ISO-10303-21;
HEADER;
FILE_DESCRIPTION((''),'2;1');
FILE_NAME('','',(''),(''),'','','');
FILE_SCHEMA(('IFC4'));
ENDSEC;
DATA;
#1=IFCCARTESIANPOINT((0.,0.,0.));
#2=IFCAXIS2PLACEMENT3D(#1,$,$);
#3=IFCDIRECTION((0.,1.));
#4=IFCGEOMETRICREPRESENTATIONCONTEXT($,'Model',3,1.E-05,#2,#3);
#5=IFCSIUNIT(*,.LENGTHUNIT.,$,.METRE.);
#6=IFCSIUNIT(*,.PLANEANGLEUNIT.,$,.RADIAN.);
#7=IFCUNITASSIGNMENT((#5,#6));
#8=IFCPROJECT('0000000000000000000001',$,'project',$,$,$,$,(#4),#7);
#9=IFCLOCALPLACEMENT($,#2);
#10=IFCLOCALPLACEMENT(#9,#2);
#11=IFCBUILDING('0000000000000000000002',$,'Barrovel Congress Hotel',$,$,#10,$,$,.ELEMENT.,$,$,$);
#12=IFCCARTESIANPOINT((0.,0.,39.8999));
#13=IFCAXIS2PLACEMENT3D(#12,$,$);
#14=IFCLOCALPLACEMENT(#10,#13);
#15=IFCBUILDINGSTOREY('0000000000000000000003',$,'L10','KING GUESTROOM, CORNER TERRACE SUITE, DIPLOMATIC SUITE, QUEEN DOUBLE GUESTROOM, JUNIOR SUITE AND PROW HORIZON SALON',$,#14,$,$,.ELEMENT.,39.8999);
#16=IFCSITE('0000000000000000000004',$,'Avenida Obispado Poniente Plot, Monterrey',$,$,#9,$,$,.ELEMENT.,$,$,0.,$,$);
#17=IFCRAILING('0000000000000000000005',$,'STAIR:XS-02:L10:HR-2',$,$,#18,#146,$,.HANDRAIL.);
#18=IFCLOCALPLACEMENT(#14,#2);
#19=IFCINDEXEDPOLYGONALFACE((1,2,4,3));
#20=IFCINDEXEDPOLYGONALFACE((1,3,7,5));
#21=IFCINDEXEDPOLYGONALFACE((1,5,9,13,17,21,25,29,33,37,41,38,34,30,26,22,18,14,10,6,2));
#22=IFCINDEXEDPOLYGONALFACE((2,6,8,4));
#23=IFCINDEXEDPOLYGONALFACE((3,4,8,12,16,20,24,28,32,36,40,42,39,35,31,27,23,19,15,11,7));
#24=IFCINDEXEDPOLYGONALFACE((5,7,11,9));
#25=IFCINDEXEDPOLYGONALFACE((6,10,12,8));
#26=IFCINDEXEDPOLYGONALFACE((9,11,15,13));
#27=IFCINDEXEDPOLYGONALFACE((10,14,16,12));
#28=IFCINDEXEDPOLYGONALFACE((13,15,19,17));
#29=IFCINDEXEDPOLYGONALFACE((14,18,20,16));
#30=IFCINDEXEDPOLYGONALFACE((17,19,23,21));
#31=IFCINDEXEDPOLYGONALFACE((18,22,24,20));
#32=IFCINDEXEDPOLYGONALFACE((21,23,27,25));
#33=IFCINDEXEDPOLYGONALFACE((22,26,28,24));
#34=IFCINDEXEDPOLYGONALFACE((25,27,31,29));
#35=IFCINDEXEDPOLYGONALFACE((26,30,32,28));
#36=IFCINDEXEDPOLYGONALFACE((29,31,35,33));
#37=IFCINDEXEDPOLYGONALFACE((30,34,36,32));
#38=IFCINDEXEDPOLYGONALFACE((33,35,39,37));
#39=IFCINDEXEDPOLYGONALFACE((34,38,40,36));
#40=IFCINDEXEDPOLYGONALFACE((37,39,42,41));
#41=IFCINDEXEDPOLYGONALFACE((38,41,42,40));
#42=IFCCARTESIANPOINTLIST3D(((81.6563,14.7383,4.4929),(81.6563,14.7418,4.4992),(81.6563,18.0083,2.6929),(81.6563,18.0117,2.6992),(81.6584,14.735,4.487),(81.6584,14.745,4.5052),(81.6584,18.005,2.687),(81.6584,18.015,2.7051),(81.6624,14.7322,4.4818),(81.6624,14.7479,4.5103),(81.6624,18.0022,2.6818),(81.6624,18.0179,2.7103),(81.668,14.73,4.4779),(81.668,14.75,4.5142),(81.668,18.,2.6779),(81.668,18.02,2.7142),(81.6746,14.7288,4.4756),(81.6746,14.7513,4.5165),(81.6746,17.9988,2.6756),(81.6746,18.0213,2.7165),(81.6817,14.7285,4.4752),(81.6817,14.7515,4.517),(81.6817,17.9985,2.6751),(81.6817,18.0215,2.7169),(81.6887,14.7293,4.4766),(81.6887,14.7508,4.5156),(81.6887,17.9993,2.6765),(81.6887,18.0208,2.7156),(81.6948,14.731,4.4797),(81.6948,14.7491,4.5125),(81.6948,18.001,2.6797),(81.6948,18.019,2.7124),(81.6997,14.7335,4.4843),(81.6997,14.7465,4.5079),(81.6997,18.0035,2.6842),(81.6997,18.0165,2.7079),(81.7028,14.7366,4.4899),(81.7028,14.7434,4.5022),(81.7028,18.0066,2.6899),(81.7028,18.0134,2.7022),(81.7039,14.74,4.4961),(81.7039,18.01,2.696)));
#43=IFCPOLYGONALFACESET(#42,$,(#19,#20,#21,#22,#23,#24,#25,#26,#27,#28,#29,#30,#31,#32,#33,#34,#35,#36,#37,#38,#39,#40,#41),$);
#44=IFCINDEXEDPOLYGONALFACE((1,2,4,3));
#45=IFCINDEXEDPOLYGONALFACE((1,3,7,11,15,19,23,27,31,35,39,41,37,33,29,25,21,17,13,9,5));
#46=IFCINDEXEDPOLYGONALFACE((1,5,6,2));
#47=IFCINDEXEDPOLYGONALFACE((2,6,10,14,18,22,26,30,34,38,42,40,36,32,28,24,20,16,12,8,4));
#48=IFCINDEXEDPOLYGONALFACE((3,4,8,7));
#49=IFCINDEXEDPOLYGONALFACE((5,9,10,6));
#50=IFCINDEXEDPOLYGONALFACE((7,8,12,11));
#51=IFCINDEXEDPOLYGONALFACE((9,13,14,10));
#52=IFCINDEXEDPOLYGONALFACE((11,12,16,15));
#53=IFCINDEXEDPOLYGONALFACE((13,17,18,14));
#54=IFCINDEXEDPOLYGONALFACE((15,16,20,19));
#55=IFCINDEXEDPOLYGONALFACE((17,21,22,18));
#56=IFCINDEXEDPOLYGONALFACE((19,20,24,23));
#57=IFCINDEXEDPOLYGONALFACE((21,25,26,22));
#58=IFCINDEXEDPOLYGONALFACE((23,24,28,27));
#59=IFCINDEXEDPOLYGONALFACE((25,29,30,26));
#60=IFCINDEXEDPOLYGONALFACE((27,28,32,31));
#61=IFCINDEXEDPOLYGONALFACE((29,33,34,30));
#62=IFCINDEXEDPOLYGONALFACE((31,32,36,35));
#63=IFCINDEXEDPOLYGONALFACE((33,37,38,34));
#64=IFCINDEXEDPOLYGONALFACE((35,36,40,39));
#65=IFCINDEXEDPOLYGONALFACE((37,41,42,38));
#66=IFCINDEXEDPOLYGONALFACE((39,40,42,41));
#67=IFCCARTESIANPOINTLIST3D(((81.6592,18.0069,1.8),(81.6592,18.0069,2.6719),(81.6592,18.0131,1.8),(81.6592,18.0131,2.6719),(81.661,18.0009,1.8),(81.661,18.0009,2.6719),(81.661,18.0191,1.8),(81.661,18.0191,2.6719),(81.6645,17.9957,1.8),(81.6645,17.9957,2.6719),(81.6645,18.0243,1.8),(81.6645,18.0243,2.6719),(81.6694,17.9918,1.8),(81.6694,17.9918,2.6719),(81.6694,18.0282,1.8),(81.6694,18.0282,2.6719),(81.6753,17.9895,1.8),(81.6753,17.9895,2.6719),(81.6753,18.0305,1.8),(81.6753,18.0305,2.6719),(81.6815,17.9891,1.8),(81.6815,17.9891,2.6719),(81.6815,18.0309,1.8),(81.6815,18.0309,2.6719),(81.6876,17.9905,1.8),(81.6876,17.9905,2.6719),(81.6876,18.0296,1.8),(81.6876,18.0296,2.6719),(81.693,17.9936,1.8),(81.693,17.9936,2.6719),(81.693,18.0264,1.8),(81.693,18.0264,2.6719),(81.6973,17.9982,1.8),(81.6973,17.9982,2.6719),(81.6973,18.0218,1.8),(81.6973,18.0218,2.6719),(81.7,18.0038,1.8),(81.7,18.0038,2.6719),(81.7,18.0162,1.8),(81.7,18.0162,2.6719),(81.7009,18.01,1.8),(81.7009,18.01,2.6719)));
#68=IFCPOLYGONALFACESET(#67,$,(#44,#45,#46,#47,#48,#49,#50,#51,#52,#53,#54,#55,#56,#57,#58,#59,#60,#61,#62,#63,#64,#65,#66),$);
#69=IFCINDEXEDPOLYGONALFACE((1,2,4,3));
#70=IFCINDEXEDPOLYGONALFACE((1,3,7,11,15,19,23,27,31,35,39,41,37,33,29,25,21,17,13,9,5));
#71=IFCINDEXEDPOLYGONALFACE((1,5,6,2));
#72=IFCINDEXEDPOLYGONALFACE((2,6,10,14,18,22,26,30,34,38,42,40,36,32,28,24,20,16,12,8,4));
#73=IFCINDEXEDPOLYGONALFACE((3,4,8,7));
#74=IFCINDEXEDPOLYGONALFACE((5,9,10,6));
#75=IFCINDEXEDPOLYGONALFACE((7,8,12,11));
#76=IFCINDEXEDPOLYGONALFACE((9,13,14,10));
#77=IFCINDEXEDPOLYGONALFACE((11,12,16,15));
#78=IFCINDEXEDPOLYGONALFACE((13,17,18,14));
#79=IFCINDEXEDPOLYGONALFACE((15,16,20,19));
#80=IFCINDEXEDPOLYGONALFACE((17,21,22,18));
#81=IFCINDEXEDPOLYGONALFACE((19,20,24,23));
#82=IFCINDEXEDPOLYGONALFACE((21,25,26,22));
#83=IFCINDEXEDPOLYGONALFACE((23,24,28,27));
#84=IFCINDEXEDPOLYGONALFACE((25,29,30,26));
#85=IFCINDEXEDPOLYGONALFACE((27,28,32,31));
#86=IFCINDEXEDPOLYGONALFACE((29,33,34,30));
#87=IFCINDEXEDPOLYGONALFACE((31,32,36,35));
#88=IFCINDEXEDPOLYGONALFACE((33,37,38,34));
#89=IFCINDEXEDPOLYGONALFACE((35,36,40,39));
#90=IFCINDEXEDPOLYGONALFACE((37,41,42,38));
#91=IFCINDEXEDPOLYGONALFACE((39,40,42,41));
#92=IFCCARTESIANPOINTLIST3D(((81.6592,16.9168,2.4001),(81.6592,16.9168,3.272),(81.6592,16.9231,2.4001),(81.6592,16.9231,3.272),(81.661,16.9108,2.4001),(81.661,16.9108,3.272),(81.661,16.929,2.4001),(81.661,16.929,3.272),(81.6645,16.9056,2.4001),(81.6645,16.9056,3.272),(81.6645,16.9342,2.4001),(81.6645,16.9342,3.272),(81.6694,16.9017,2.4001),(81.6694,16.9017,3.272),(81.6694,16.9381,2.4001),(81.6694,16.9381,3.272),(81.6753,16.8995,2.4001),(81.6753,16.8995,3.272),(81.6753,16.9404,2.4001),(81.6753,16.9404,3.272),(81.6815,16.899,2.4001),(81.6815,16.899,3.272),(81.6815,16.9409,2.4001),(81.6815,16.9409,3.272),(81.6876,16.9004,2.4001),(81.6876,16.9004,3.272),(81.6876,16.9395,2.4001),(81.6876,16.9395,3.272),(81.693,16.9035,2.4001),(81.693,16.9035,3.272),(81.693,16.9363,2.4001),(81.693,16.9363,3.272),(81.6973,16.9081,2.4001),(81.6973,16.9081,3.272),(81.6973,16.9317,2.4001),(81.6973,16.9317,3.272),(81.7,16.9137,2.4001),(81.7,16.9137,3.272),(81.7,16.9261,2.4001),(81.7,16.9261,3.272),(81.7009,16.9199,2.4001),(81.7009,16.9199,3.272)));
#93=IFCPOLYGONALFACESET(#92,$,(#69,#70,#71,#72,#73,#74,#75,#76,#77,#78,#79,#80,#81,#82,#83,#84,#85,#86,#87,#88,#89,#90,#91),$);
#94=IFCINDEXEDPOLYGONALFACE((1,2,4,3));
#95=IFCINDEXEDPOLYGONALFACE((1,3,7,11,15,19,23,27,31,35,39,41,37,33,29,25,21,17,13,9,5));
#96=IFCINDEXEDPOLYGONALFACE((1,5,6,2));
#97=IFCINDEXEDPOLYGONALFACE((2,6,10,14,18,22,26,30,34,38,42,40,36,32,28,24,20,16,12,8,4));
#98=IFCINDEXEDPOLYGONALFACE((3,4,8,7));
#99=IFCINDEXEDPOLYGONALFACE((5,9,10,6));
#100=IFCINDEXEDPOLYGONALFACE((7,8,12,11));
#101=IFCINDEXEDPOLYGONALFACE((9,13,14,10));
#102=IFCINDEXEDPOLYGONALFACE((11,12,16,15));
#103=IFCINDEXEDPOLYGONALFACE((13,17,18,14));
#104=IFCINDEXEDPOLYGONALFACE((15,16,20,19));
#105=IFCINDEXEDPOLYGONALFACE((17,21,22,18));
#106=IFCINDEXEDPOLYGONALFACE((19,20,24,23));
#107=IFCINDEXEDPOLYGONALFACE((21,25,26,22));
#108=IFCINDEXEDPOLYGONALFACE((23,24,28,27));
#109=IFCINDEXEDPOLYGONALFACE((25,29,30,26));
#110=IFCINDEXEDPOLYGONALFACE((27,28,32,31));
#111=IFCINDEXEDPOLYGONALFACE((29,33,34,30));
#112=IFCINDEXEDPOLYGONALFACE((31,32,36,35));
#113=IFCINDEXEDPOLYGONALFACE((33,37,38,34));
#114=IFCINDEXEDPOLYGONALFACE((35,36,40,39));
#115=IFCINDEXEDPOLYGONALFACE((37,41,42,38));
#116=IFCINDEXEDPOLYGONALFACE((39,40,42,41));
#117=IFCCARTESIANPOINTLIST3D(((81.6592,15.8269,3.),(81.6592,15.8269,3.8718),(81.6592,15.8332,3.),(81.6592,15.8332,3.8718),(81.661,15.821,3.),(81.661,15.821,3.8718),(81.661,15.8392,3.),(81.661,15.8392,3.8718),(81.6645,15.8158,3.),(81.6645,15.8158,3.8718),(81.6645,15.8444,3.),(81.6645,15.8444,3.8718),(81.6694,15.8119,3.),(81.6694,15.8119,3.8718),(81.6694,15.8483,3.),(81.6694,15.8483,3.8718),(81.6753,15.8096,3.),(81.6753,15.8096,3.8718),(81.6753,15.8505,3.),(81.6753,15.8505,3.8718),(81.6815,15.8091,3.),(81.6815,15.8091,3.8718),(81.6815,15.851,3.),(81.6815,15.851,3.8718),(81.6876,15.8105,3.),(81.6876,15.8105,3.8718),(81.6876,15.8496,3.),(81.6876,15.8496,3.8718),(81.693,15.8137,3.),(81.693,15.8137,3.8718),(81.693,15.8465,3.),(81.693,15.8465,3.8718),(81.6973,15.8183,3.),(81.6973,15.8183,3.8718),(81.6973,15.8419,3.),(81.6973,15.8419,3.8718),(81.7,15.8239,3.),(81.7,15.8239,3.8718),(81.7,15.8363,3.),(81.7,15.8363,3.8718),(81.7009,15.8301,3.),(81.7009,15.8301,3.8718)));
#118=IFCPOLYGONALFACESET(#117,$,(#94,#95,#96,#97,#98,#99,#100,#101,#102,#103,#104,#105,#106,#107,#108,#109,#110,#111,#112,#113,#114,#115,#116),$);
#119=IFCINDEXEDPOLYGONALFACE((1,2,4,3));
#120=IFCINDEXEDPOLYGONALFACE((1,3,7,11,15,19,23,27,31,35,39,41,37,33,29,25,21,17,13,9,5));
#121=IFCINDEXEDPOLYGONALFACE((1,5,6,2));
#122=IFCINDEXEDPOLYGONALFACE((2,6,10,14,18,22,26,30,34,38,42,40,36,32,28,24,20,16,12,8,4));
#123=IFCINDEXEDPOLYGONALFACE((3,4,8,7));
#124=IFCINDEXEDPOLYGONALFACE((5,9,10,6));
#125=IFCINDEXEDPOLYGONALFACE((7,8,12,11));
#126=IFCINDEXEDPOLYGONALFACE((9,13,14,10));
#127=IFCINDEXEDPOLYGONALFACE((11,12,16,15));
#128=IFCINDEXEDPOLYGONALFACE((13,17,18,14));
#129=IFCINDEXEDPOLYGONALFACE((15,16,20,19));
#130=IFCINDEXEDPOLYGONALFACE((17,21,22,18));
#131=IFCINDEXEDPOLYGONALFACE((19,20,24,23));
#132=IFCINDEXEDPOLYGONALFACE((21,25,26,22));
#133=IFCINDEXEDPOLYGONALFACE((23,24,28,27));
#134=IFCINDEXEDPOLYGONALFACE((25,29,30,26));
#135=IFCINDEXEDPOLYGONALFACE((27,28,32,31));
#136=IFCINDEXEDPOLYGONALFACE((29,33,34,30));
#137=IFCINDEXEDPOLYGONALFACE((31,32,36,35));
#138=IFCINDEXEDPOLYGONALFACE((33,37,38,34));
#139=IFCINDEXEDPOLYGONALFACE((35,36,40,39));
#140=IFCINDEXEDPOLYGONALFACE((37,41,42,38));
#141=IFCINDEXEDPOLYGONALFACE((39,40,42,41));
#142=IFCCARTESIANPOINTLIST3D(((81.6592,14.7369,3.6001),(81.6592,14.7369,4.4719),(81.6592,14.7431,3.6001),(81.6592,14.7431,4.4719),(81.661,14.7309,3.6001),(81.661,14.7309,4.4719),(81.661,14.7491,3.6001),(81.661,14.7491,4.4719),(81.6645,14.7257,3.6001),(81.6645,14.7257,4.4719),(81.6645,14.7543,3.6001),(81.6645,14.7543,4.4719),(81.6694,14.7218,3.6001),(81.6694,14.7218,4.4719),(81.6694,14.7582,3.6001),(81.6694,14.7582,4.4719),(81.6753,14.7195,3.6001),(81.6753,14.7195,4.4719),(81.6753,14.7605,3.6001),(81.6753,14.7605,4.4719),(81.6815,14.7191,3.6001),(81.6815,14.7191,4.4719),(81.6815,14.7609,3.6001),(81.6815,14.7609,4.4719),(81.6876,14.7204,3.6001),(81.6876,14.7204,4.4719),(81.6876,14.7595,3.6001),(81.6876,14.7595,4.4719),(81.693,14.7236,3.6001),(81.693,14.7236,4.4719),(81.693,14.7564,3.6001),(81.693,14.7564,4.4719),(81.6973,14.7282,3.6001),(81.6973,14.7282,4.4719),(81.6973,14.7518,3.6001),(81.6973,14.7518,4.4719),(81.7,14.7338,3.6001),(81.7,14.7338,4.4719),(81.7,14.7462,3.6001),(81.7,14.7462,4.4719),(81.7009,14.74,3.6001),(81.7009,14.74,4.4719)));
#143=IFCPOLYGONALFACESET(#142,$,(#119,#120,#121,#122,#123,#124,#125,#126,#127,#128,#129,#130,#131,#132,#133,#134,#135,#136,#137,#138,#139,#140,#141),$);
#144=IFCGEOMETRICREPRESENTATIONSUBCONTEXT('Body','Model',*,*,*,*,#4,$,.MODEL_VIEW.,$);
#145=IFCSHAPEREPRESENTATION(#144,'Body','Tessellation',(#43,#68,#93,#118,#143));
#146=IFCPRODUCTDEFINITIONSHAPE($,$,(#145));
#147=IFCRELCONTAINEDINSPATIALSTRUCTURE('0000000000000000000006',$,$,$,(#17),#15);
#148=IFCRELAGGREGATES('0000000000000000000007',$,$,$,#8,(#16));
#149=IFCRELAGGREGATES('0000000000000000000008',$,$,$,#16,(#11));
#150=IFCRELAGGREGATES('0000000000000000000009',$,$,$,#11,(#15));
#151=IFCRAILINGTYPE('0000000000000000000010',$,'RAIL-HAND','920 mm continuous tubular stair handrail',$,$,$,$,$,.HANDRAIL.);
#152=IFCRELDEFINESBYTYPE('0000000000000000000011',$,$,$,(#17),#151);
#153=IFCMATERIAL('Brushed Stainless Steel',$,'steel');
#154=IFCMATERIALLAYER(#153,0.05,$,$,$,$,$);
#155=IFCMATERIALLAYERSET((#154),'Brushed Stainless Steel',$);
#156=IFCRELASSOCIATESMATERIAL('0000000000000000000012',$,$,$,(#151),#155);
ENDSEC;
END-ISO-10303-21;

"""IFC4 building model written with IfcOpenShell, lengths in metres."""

from ifc_helpers import new_model, si_unit, direction, frame, origin, origin_2d, place, context, subcontext, project, spatial, circle, extrude, material, layer, layer_set, type_object, element, save


model = new_model("IFC4")

# Units and contexts
model_context = context("Model", 3, precision=1e-05, world=origin(), true_north=direction((0.0, 1.0)))
body_context = subcontext(model_context, "Body", "Model", "MODEL_VIEW")
ifc_project = project(units=[si_unit("LENGTHUNIT", "METRE"), si_unit("PLANEANGLEUNIT", "RADIAN")], contexts=[model_context])

# Site, building, storey
site_placement = place(None, origin())
site = spatial("IfcSite", under=ifc_project, at=site_placement, Name="Avenida Obispado Poniente Plot, Monterrey", CompositionType="ELEMENT", RefElevation=0.0)
building_placement = place(site_placement, origin())
building = spatial("IfcBuilding", under=site, at=building_placement, Name="Barrovel Congress Hotel", CompositionType="ELEMENT")
storey_placement = place(building_placement, frame((0.0, 0.0, 39.8999)))
storey = spatial("IfcBuildingStorey", under=building, at=storey_placement, Name="L10", Description="KING GUESTROOM, CORNER TERRACE SUITE, DIPLOMATIC SUITE, QUEEN DOUBLE GUESTROOM, JUNIOR SUITE AND PROW HORIZON SALON", CompositionType="ELEMENT", Elevation=39.8999)

# Shared definitions
ifc_material_1 = material(Name="Brushed Stainless Steel", Category="steel")

# Railing
ifc_layer_1 = layer(ifc_material_1, 0.05)
ifc_layer_set_1 = layer_set([ifc_layer_1], Name="Brushed Stainless Steel")
railing_type_1 = type_object("IfcRailingType", Name="RAIL-HAND", Description="920 mm continuous tubular stair handrail", PredefinedType="HANDRAIL", material=ifc_layer_set_1)
railing_1_placement = place(storey_placement, frame((81.6799, 18.01, 1.8)))
element("IfcRailing", 1, at=railing_1_placement, inside=storey, type_object=railing_type_1, Name="STAIR:XS-02:L10:HR-2", PredefinedType="HANDRAIL", context=body_context, shape_type="SweptSolid", body=[
    extrude(circle(Radius=0.0239, at=origin_2d()), frame((0.0, 0.0, 0.896), z_axis=(0.0, -0.876042, 0.482235), x_axis=(1.0, 0.0, 0.0)), (0.0, 0.0, 1.0), 3.7327),
    extrude(circle(Radius=0.021, at=origin_2d()), origin(), (0.0, 0.0, 1.0), 0.8718),
    extrude(circle(Radius=0.021, at=origin_2d()), frame((0.0, -1.0901, 0.6001)), (0.0, 0.0, 1.0), 0.8718),
    extrude(circle(Radius=0.021, at=origin_2d()), frame((0.0, -2.1799, 1.2)), (0.0, 0.0, 1.0), 0.8718),
    extrude(circle(Radius=0.021, at=origin_2d()), frame((0.0, -3.27, 1.8)), (0.0, 0.0, 1.0), 0.8718),
])

save(model, "model.ifc")
